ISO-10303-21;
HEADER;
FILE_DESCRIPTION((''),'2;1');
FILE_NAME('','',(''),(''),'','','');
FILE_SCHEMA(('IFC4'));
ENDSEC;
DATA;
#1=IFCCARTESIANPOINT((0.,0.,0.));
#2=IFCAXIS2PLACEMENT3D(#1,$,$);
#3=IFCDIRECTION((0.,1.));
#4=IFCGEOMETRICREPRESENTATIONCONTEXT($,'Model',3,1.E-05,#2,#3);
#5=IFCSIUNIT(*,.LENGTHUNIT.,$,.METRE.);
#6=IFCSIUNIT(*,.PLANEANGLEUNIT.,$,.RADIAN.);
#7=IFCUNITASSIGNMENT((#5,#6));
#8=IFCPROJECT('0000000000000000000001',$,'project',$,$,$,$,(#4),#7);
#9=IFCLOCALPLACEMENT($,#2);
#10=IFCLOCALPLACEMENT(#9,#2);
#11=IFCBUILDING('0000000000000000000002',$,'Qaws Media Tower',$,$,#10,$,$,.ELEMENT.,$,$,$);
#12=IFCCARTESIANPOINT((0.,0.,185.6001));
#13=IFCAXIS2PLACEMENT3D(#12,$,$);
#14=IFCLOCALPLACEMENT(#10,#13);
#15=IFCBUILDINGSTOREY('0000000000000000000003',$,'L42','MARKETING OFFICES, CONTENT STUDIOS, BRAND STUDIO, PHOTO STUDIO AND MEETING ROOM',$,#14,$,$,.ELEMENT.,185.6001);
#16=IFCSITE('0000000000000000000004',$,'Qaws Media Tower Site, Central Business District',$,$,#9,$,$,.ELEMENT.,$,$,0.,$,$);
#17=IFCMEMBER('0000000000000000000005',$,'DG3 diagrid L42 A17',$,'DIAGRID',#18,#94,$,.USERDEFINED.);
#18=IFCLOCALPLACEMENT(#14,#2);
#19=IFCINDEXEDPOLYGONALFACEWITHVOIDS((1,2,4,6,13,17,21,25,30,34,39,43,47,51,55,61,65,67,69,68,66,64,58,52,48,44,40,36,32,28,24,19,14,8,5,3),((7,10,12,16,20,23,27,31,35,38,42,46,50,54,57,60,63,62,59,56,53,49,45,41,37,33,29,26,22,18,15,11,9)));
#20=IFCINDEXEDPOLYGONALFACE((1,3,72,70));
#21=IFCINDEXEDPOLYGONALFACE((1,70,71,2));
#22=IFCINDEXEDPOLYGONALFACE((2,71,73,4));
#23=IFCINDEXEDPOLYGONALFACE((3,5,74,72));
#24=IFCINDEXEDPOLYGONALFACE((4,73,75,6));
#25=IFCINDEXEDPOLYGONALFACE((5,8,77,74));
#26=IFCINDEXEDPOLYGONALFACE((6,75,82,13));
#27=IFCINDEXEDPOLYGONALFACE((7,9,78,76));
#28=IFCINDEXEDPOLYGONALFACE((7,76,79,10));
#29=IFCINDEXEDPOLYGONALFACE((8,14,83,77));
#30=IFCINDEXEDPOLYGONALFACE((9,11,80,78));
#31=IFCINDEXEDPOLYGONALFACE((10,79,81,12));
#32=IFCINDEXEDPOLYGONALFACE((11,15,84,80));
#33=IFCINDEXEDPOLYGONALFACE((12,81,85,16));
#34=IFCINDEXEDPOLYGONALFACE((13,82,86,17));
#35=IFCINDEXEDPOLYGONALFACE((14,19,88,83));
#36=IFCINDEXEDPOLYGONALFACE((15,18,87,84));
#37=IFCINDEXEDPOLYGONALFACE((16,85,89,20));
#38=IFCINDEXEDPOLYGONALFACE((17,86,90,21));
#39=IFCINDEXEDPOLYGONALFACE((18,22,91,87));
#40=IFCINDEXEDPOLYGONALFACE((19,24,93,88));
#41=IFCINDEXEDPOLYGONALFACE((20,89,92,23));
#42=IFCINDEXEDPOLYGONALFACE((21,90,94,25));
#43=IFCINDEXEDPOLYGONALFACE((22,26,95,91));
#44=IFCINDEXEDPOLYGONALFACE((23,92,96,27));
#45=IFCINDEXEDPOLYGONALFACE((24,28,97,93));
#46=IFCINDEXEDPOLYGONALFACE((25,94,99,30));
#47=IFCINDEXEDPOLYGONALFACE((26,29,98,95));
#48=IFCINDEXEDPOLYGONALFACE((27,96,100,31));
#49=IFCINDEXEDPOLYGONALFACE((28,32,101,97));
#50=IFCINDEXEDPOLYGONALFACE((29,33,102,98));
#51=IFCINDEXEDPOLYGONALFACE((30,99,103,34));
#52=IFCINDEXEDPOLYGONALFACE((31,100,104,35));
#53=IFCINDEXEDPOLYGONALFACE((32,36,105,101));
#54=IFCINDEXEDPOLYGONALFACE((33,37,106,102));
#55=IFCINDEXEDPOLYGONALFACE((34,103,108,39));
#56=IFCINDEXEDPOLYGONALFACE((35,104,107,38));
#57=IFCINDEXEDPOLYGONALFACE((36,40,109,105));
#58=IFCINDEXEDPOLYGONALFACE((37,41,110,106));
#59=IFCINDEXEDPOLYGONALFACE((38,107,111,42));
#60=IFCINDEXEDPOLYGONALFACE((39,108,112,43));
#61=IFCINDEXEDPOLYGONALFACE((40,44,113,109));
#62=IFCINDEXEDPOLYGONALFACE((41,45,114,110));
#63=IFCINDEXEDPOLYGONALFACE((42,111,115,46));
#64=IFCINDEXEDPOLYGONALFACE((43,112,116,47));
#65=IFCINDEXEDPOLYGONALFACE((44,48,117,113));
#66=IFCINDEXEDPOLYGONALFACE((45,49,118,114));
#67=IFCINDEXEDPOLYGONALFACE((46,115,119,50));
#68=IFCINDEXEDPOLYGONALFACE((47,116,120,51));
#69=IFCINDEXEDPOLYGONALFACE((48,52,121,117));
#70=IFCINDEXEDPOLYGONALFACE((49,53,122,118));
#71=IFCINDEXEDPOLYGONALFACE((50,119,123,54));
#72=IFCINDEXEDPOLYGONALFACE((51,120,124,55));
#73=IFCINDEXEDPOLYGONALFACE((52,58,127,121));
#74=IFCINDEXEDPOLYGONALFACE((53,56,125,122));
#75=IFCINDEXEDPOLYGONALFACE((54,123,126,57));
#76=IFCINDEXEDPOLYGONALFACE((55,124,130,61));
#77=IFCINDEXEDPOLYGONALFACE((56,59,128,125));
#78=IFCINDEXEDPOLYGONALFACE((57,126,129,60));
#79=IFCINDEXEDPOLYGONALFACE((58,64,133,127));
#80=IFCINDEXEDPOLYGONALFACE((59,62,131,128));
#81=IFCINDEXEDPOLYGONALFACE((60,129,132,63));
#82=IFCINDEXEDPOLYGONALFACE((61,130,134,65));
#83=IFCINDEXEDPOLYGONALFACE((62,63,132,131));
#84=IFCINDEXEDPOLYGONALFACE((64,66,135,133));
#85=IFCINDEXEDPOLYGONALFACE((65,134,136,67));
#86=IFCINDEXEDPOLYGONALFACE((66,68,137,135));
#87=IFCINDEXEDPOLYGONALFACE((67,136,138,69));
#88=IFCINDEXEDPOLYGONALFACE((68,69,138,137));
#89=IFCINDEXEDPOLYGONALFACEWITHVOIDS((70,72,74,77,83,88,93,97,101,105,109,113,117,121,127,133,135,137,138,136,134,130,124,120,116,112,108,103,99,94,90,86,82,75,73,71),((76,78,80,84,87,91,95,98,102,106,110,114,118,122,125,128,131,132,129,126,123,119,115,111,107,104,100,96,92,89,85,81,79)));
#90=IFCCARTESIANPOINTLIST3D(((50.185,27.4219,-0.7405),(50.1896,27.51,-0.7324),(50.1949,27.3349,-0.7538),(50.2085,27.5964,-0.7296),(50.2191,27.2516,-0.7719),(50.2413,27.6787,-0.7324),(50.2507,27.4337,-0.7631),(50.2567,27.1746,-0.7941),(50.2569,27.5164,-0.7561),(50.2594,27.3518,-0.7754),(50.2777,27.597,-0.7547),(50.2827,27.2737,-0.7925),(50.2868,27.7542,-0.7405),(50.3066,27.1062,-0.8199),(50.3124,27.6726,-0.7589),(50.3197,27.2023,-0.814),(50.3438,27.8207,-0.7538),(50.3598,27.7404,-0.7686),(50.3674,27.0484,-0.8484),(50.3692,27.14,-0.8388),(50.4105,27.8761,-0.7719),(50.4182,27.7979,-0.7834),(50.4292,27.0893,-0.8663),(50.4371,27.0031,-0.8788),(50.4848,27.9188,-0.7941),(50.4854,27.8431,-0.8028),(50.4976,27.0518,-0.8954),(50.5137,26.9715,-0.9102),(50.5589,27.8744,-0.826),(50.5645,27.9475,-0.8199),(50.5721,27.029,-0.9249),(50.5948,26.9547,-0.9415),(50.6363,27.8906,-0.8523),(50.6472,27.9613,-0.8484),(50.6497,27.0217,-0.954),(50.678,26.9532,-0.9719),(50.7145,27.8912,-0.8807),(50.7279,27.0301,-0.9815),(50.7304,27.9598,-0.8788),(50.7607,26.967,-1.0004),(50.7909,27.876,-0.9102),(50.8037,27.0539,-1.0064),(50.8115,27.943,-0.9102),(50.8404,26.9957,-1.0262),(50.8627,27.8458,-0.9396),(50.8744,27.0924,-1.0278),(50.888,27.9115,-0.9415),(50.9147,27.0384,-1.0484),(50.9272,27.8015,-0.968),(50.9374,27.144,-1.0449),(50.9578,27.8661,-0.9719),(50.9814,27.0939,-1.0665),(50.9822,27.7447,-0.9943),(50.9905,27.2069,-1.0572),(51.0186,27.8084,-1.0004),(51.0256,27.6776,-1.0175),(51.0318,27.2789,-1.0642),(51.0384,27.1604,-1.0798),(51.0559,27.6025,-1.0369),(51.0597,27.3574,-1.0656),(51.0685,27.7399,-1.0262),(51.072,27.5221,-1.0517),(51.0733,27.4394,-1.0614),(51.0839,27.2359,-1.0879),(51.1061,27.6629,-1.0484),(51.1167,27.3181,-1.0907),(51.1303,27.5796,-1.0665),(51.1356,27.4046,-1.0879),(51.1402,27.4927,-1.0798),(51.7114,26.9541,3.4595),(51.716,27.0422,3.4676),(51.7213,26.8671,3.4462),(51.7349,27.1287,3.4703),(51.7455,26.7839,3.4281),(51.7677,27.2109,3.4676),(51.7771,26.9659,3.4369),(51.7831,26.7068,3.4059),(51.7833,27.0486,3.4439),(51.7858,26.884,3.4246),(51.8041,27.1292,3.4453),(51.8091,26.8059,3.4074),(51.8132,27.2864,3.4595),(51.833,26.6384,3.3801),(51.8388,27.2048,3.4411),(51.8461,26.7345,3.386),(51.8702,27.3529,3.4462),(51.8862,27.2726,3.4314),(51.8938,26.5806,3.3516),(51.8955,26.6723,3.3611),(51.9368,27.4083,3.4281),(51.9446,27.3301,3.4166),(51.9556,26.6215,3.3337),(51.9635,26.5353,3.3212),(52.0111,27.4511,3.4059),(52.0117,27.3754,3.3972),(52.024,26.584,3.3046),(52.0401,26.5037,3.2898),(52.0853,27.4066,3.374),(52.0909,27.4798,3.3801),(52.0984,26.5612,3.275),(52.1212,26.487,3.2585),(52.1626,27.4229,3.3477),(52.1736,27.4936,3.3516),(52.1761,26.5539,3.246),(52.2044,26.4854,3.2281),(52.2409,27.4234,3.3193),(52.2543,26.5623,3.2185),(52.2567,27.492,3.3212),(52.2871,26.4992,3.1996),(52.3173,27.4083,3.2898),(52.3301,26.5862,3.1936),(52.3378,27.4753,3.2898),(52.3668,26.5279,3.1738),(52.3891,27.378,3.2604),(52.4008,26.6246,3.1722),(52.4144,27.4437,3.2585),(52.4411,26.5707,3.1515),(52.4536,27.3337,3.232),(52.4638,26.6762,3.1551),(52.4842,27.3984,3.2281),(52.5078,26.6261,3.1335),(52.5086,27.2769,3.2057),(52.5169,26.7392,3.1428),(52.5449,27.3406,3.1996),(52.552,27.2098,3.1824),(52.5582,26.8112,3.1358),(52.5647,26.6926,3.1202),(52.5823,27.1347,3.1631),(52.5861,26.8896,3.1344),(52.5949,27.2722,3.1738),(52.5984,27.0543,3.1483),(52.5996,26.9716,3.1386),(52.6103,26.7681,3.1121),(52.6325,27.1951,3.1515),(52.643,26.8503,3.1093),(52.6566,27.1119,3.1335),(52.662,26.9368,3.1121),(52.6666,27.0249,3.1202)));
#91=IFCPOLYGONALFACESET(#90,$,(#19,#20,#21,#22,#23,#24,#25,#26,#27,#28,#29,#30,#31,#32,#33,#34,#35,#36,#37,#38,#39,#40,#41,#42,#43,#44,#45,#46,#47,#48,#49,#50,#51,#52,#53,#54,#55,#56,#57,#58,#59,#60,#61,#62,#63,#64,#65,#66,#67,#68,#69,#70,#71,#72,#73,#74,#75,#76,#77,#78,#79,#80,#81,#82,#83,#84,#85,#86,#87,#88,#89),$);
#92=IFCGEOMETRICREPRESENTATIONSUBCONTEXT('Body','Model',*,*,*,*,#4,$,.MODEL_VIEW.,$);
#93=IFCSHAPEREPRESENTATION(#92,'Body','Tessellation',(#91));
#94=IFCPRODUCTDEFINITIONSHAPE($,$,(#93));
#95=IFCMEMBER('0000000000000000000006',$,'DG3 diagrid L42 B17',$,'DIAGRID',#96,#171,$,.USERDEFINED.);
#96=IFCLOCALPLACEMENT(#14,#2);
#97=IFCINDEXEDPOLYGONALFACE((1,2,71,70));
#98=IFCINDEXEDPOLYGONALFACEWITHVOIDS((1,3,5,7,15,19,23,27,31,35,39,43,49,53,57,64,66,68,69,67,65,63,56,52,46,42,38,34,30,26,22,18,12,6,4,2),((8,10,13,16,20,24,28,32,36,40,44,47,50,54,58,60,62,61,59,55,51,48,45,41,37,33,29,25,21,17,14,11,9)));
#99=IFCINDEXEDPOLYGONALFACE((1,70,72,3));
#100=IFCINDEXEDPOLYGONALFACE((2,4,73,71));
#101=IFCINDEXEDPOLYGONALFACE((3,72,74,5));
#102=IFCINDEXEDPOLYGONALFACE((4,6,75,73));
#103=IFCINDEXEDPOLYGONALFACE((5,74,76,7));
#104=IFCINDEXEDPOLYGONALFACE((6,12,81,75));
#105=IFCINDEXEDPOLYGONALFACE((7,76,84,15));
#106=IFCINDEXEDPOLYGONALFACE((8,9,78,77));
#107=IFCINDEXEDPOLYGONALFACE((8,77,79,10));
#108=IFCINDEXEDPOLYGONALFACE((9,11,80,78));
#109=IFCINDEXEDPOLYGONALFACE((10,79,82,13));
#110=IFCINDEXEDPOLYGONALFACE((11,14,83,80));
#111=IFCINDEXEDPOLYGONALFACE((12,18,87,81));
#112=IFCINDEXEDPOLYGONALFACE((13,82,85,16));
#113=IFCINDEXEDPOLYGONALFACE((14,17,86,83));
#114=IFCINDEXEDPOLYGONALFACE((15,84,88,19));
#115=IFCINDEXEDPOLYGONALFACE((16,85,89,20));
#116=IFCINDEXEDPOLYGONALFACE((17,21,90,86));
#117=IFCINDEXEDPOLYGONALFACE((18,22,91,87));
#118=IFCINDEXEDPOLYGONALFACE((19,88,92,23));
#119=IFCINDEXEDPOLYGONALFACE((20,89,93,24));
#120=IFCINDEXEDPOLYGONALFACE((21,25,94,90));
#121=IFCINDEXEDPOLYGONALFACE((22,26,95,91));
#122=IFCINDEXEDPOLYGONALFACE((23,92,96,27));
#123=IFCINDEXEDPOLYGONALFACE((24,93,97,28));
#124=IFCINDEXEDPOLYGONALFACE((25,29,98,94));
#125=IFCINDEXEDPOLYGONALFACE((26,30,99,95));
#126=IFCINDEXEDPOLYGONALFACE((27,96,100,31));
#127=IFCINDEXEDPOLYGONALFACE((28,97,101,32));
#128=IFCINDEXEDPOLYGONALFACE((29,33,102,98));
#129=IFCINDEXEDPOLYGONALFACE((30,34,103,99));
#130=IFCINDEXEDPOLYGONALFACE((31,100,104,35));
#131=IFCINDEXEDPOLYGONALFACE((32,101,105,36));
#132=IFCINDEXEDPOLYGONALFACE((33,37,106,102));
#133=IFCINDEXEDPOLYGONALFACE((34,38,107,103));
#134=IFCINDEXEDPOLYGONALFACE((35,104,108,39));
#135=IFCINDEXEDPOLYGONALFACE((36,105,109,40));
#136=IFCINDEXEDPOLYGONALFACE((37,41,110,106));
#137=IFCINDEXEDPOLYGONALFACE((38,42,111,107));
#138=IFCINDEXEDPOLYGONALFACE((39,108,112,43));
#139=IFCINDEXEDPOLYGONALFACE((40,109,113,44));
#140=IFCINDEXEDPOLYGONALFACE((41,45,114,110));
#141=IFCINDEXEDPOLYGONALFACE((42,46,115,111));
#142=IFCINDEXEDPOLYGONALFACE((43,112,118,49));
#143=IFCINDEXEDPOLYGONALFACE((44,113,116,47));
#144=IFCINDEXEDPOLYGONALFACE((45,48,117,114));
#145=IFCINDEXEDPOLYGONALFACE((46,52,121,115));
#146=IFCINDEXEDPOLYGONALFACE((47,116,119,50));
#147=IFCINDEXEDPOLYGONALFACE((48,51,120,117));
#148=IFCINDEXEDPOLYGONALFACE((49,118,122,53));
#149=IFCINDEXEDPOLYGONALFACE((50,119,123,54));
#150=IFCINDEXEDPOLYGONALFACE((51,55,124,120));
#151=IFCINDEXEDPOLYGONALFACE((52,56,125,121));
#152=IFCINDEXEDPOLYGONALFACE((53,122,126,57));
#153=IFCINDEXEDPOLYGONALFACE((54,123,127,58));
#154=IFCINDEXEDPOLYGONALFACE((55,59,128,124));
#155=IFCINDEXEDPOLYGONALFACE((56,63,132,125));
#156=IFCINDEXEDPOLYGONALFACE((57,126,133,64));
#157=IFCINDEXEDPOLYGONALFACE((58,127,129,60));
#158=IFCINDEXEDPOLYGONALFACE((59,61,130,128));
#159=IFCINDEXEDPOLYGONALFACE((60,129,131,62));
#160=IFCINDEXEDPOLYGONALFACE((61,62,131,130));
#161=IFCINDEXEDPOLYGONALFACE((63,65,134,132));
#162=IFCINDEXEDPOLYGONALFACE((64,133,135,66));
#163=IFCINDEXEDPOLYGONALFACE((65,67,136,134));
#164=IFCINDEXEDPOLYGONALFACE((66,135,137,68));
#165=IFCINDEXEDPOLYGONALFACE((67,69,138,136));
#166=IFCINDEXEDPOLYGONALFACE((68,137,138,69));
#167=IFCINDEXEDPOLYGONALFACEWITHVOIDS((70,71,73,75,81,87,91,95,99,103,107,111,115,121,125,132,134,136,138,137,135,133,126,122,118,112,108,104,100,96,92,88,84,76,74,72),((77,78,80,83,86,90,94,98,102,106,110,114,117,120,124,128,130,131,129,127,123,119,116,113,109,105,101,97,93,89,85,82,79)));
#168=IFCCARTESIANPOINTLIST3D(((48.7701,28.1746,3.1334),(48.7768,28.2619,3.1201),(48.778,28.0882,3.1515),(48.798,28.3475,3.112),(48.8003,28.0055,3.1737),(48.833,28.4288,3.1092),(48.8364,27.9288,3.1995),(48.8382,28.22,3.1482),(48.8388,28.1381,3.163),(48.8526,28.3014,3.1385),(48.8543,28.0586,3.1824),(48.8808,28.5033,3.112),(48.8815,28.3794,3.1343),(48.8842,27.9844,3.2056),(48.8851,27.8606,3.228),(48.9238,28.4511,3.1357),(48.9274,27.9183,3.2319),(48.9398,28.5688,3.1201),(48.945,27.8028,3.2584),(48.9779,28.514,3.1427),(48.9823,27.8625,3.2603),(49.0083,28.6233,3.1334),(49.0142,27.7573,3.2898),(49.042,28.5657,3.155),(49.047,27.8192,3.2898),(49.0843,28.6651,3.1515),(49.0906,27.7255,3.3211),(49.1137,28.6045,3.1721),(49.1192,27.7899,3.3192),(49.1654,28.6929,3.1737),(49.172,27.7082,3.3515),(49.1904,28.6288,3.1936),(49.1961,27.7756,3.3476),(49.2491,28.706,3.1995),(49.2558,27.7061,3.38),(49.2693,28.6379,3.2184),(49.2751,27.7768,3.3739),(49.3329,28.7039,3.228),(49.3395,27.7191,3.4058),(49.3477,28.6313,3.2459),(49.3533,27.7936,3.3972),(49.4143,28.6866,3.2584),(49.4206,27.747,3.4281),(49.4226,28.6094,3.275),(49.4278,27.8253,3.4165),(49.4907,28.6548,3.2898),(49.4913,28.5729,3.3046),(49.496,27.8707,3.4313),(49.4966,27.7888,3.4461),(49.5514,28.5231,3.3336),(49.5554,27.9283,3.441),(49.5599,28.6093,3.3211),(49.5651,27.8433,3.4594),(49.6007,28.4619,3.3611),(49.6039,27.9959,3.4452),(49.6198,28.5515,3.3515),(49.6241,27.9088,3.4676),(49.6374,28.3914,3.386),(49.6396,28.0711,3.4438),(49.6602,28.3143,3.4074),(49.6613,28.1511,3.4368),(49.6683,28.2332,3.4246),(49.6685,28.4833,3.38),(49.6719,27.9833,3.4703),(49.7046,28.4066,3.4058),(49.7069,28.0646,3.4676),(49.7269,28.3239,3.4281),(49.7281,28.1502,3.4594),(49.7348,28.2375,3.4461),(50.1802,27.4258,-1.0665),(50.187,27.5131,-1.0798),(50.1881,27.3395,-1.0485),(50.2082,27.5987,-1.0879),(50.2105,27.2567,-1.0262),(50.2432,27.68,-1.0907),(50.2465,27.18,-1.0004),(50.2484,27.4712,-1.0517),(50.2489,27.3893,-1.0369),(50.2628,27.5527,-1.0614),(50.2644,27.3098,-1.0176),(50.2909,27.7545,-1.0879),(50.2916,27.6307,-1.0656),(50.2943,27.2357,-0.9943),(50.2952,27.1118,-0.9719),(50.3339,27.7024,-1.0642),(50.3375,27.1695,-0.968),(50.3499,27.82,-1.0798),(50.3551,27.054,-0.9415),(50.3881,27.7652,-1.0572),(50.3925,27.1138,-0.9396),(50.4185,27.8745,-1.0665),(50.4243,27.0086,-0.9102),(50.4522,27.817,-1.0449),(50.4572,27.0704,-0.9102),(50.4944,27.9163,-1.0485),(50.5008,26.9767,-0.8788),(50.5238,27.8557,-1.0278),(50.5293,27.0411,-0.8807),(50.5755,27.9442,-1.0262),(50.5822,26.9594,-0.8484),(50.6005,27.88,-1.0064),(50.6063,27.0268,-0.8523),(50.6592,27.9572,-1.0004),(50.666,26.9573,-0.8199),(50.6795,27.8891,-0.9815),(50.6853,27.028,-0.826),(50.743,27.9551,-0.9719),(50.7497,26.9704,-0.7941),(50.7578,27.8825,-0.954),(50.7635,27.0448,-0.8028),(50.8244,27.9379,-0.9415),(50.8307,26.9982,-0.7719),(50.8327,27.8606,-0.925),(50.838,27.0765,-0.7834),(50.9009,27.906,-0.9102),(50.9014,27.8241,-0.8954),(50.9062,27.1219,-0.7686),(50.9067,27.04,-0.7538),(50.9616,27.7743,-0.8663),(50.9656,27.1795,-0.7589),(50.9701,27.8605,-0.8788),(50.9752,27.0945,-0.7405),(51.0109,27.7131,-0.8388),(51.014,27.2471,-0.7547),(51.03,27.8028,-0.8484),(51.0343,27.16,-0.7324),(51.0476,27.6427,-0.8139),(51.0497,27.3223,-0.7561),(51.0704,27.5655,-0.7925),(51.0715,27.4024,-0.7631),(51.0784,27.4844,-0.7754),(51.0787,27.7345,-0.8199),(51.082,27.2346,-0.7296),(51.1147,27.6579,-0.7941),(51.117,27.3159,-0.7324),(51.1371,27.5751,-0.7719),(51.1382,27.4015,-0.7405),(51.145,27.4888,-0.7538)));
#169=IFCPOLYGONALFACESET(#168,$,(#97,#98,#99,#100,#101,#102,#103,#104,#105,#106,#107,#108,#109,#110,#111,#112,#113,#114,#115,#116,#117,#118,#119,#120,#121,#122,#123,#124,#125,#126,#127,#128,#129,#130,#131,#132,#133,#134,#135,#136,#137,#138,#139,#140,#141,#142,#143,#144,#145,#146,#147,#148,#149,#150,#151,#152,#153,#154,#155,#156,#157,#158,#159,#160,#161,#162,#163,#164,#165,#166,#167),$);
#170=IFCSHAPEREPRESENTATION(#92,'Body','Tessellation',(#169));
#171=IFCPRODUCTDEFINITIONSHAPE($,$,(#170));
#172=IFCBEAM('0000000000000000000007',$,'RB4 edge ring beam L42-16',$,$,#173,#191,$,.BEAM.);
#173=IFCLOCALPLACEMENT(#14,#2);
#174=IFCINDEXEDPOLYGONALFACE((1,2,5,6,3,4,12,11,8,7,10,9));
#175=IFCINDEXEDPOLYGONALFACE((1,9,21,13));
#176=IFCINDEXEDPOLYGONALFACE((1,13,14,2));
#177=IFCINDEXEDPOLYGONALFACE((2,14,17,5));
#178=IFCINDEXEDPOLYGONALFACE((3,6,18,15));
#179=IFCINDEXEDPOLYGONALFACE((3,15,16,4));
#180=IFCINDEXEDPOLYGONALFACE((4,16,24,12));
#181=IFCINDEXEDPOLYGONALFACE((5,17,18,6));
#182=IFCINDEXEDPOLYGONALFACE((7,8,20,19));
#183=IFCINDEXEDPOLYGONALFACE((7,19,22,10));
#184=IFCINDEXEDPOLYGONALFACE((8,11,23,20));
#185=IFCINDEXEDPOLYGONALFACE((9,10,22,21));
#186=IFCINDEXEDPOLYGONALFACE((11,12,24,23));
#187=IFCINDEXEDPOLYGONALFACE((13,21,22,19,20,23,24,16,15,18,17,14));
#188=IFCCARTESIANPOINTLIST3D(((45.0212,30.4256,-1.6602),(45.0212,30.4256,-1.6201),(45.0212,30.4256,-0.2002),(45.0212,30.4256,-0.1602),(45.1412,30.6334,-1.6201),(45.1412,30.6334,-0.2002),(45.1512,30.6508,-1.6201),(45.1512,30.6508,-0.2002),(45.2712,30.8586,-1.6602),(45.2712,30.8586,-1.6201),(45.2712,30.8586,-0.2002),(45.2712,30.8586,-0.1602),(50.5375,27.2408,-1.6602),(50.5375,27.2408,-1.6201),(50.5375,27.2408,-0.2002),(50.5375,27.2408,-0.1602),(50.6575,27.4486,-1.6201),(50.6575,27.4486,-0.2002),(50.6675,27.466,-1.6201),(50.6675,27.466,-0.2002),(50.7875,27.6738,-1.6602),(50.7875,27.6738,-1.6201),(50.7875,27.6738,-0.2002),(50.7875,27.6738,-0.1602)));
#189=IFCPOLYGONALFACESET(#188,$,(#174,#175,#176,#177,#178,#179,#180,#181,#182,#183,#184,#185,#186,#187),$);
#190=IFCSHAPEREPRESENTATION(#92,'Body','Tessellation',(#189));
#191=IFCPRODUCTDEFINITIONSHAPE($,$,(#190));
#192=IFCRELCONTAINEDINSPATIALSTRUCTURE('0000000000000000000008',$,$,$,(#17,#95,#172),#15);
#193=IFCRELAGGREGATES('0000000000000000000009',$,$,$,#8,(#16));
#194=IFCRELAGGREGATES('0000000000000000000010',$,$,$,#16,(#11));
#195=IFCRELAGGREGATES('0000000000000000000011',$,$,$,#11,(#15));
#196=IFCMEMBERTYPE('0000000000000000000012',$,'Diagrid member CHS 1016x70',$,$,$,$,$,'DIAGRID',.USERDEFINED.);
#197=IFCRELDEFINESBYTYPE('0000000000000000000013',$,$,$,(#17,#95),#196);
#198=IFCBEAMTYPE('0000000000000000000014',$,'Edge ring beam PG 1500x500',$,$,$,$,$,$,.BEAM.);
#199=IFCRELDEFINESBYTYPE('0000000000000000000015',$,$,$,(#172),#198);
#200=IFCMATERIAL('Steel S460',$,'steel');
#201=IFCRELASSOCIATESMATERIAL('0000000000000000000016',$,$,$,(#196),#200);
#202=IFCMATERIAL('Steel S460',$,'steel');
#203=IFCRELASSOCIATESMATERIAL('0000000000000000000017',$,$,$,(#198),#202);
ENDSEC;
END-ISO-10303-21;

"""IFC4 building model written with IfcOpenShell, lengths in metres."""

from ifc_helpers import new_model, si_unit, direction, frame, origin, origin_2d, place, context, subcontext, project, spatial, hollow_circle, i_section, extrude, material, material_profile, profile_set, type_object, element, save


model = new_model("IFC4")

# Units and contexts
model_context = context("Model", 3, precision=1e-05, world=origin(), true_north=direction((0.0, 1.0)))
body_context = subcontext(model_context, "Body", "Model", "MODEL_VIEW")
ifc_project = project(units=[si_unit("LENGTHUNIT", "METRE"), si_unit("PLANEANGLEUNIT", "RADIAN")], contexts=[model_context])

# Site, building, storey
site_placement = place(None, origin())
site = spatial("IfcSite", under=ifc_project, at=site_placement, Name="Qaws Media Tower Site, Central Business District", CompositionType="ELEMENT", RefElevation=0.0)
building_placement = place(site_placement, origin())
building = spatial("IfcBuilding", under=site, at=building_placement, Name="Qaws Media Tower", CompositionType="ELEMENT")
storey_placement = place(building_placement, frame((0.0, 0.0, 185.6001)))
storey = spatial("IfcBuildingStorey", under=building, at=storey_placement, Name="L42", Description="MARKETING OFFICES, CONTENT STUDIOS, BRAND STUDIO, PHOTO STUDIO AND MEETING ROOM", CompositionType="ELEMENT", Elevation=185.6001)

# Members
ifc_material_1 = material(Name="Steel S460", Category="steel")
ifc_material_profile_1 = material_profile(ifc_material_1, hollow_circle(Radius=0.5081, WallThickness=0.0701, at=origin_2d()), Name="CHS 1016x70")
ifc_profile_set_1 = profile_set([ifc_material_profile_1], Name="Steel S460")
member_type_1 = type_object("IfcMemberType", Name="Diagrid member CHS 1016x70", ElementType="DIAGRID", PredefinedType="USERDEFINED", material=ifc_profile_set_1)
for number, where, z_axis, x_axis, name in (
    (1, (50.6626, 27.4573, -0.9102), (0.339711, -0.104109, 0.93475), (0.293011, 0.956109, 0.0), "DG3 diagrid L42 A17"),
    (2, (50.6626, 27.4573, -0.9102), (-0.313843, 0.166647, 0.934736), (-0.468976, -0.883211, 0.0), "DG3 diagrid L42 B17"),
):
    element("IfcMember", number, at=place(storey_placement, frame(where, z_axis=z_axis, x_axis=x_axis)), inside=storey, type_object=member_type_1, Name=name, ObjectType="DIAGRID", PredefinedType="USERDEFINED", context=body_context, shape_type="SweptSolid", body=[
        extrude(hollow_circle(Radius=0.5081, WallThickness=0.0701, at=origin_2d()), origin(), (0.0, 0.0, 1.0), 4.4932),
    ])

# Beam
ifc_material_2 = material(Name="Steel S460", Category="steel")
ifc_material_profile_2 = material_profile(ifc_material_2, i_section(OverallWidth=0.5, OverallDepth=1.5, WebThickness=0.02, FlangeThickness=0.04, at=origin_2d()), Name="PG 1500x500")
ifc_profile_set_2 = profile_set([ifc_material_profile_2], Name="Steel S460")
beam_type = type_object("IfcBeamType", Name="Edge ring beam PG 1500x500", PredefinedType="BEAM", material=ifc_profile_set_2)
for number, where, z_axis, x_axis, name in (
    (3, (45.1462, 30.6421, -0.9102), (0.866029, -0.499993, 0.0), (0.499993, 0.866029, 0.0), "RB4 edge ring beam L42-16"),
):
    element("IfcBeam", number, at=place(storey_placement, frame(where, z_axis=z_axis, x_axis=x_axis)), inside=storey, type_object=beam_type, Name=name, PredefinedType="BEAM", context=body_context, shape_type="SweptSolid", body=[
        extrude(i_section(OverallWidth=0.5, OverallDepth=1.5, WebThickness=0.02, FlangeThickness=0.04, at=origin_2d()), origin(), (0.0, 0.0, 1.0), 6.3696),
    ])

save(model, "model.ifc")
